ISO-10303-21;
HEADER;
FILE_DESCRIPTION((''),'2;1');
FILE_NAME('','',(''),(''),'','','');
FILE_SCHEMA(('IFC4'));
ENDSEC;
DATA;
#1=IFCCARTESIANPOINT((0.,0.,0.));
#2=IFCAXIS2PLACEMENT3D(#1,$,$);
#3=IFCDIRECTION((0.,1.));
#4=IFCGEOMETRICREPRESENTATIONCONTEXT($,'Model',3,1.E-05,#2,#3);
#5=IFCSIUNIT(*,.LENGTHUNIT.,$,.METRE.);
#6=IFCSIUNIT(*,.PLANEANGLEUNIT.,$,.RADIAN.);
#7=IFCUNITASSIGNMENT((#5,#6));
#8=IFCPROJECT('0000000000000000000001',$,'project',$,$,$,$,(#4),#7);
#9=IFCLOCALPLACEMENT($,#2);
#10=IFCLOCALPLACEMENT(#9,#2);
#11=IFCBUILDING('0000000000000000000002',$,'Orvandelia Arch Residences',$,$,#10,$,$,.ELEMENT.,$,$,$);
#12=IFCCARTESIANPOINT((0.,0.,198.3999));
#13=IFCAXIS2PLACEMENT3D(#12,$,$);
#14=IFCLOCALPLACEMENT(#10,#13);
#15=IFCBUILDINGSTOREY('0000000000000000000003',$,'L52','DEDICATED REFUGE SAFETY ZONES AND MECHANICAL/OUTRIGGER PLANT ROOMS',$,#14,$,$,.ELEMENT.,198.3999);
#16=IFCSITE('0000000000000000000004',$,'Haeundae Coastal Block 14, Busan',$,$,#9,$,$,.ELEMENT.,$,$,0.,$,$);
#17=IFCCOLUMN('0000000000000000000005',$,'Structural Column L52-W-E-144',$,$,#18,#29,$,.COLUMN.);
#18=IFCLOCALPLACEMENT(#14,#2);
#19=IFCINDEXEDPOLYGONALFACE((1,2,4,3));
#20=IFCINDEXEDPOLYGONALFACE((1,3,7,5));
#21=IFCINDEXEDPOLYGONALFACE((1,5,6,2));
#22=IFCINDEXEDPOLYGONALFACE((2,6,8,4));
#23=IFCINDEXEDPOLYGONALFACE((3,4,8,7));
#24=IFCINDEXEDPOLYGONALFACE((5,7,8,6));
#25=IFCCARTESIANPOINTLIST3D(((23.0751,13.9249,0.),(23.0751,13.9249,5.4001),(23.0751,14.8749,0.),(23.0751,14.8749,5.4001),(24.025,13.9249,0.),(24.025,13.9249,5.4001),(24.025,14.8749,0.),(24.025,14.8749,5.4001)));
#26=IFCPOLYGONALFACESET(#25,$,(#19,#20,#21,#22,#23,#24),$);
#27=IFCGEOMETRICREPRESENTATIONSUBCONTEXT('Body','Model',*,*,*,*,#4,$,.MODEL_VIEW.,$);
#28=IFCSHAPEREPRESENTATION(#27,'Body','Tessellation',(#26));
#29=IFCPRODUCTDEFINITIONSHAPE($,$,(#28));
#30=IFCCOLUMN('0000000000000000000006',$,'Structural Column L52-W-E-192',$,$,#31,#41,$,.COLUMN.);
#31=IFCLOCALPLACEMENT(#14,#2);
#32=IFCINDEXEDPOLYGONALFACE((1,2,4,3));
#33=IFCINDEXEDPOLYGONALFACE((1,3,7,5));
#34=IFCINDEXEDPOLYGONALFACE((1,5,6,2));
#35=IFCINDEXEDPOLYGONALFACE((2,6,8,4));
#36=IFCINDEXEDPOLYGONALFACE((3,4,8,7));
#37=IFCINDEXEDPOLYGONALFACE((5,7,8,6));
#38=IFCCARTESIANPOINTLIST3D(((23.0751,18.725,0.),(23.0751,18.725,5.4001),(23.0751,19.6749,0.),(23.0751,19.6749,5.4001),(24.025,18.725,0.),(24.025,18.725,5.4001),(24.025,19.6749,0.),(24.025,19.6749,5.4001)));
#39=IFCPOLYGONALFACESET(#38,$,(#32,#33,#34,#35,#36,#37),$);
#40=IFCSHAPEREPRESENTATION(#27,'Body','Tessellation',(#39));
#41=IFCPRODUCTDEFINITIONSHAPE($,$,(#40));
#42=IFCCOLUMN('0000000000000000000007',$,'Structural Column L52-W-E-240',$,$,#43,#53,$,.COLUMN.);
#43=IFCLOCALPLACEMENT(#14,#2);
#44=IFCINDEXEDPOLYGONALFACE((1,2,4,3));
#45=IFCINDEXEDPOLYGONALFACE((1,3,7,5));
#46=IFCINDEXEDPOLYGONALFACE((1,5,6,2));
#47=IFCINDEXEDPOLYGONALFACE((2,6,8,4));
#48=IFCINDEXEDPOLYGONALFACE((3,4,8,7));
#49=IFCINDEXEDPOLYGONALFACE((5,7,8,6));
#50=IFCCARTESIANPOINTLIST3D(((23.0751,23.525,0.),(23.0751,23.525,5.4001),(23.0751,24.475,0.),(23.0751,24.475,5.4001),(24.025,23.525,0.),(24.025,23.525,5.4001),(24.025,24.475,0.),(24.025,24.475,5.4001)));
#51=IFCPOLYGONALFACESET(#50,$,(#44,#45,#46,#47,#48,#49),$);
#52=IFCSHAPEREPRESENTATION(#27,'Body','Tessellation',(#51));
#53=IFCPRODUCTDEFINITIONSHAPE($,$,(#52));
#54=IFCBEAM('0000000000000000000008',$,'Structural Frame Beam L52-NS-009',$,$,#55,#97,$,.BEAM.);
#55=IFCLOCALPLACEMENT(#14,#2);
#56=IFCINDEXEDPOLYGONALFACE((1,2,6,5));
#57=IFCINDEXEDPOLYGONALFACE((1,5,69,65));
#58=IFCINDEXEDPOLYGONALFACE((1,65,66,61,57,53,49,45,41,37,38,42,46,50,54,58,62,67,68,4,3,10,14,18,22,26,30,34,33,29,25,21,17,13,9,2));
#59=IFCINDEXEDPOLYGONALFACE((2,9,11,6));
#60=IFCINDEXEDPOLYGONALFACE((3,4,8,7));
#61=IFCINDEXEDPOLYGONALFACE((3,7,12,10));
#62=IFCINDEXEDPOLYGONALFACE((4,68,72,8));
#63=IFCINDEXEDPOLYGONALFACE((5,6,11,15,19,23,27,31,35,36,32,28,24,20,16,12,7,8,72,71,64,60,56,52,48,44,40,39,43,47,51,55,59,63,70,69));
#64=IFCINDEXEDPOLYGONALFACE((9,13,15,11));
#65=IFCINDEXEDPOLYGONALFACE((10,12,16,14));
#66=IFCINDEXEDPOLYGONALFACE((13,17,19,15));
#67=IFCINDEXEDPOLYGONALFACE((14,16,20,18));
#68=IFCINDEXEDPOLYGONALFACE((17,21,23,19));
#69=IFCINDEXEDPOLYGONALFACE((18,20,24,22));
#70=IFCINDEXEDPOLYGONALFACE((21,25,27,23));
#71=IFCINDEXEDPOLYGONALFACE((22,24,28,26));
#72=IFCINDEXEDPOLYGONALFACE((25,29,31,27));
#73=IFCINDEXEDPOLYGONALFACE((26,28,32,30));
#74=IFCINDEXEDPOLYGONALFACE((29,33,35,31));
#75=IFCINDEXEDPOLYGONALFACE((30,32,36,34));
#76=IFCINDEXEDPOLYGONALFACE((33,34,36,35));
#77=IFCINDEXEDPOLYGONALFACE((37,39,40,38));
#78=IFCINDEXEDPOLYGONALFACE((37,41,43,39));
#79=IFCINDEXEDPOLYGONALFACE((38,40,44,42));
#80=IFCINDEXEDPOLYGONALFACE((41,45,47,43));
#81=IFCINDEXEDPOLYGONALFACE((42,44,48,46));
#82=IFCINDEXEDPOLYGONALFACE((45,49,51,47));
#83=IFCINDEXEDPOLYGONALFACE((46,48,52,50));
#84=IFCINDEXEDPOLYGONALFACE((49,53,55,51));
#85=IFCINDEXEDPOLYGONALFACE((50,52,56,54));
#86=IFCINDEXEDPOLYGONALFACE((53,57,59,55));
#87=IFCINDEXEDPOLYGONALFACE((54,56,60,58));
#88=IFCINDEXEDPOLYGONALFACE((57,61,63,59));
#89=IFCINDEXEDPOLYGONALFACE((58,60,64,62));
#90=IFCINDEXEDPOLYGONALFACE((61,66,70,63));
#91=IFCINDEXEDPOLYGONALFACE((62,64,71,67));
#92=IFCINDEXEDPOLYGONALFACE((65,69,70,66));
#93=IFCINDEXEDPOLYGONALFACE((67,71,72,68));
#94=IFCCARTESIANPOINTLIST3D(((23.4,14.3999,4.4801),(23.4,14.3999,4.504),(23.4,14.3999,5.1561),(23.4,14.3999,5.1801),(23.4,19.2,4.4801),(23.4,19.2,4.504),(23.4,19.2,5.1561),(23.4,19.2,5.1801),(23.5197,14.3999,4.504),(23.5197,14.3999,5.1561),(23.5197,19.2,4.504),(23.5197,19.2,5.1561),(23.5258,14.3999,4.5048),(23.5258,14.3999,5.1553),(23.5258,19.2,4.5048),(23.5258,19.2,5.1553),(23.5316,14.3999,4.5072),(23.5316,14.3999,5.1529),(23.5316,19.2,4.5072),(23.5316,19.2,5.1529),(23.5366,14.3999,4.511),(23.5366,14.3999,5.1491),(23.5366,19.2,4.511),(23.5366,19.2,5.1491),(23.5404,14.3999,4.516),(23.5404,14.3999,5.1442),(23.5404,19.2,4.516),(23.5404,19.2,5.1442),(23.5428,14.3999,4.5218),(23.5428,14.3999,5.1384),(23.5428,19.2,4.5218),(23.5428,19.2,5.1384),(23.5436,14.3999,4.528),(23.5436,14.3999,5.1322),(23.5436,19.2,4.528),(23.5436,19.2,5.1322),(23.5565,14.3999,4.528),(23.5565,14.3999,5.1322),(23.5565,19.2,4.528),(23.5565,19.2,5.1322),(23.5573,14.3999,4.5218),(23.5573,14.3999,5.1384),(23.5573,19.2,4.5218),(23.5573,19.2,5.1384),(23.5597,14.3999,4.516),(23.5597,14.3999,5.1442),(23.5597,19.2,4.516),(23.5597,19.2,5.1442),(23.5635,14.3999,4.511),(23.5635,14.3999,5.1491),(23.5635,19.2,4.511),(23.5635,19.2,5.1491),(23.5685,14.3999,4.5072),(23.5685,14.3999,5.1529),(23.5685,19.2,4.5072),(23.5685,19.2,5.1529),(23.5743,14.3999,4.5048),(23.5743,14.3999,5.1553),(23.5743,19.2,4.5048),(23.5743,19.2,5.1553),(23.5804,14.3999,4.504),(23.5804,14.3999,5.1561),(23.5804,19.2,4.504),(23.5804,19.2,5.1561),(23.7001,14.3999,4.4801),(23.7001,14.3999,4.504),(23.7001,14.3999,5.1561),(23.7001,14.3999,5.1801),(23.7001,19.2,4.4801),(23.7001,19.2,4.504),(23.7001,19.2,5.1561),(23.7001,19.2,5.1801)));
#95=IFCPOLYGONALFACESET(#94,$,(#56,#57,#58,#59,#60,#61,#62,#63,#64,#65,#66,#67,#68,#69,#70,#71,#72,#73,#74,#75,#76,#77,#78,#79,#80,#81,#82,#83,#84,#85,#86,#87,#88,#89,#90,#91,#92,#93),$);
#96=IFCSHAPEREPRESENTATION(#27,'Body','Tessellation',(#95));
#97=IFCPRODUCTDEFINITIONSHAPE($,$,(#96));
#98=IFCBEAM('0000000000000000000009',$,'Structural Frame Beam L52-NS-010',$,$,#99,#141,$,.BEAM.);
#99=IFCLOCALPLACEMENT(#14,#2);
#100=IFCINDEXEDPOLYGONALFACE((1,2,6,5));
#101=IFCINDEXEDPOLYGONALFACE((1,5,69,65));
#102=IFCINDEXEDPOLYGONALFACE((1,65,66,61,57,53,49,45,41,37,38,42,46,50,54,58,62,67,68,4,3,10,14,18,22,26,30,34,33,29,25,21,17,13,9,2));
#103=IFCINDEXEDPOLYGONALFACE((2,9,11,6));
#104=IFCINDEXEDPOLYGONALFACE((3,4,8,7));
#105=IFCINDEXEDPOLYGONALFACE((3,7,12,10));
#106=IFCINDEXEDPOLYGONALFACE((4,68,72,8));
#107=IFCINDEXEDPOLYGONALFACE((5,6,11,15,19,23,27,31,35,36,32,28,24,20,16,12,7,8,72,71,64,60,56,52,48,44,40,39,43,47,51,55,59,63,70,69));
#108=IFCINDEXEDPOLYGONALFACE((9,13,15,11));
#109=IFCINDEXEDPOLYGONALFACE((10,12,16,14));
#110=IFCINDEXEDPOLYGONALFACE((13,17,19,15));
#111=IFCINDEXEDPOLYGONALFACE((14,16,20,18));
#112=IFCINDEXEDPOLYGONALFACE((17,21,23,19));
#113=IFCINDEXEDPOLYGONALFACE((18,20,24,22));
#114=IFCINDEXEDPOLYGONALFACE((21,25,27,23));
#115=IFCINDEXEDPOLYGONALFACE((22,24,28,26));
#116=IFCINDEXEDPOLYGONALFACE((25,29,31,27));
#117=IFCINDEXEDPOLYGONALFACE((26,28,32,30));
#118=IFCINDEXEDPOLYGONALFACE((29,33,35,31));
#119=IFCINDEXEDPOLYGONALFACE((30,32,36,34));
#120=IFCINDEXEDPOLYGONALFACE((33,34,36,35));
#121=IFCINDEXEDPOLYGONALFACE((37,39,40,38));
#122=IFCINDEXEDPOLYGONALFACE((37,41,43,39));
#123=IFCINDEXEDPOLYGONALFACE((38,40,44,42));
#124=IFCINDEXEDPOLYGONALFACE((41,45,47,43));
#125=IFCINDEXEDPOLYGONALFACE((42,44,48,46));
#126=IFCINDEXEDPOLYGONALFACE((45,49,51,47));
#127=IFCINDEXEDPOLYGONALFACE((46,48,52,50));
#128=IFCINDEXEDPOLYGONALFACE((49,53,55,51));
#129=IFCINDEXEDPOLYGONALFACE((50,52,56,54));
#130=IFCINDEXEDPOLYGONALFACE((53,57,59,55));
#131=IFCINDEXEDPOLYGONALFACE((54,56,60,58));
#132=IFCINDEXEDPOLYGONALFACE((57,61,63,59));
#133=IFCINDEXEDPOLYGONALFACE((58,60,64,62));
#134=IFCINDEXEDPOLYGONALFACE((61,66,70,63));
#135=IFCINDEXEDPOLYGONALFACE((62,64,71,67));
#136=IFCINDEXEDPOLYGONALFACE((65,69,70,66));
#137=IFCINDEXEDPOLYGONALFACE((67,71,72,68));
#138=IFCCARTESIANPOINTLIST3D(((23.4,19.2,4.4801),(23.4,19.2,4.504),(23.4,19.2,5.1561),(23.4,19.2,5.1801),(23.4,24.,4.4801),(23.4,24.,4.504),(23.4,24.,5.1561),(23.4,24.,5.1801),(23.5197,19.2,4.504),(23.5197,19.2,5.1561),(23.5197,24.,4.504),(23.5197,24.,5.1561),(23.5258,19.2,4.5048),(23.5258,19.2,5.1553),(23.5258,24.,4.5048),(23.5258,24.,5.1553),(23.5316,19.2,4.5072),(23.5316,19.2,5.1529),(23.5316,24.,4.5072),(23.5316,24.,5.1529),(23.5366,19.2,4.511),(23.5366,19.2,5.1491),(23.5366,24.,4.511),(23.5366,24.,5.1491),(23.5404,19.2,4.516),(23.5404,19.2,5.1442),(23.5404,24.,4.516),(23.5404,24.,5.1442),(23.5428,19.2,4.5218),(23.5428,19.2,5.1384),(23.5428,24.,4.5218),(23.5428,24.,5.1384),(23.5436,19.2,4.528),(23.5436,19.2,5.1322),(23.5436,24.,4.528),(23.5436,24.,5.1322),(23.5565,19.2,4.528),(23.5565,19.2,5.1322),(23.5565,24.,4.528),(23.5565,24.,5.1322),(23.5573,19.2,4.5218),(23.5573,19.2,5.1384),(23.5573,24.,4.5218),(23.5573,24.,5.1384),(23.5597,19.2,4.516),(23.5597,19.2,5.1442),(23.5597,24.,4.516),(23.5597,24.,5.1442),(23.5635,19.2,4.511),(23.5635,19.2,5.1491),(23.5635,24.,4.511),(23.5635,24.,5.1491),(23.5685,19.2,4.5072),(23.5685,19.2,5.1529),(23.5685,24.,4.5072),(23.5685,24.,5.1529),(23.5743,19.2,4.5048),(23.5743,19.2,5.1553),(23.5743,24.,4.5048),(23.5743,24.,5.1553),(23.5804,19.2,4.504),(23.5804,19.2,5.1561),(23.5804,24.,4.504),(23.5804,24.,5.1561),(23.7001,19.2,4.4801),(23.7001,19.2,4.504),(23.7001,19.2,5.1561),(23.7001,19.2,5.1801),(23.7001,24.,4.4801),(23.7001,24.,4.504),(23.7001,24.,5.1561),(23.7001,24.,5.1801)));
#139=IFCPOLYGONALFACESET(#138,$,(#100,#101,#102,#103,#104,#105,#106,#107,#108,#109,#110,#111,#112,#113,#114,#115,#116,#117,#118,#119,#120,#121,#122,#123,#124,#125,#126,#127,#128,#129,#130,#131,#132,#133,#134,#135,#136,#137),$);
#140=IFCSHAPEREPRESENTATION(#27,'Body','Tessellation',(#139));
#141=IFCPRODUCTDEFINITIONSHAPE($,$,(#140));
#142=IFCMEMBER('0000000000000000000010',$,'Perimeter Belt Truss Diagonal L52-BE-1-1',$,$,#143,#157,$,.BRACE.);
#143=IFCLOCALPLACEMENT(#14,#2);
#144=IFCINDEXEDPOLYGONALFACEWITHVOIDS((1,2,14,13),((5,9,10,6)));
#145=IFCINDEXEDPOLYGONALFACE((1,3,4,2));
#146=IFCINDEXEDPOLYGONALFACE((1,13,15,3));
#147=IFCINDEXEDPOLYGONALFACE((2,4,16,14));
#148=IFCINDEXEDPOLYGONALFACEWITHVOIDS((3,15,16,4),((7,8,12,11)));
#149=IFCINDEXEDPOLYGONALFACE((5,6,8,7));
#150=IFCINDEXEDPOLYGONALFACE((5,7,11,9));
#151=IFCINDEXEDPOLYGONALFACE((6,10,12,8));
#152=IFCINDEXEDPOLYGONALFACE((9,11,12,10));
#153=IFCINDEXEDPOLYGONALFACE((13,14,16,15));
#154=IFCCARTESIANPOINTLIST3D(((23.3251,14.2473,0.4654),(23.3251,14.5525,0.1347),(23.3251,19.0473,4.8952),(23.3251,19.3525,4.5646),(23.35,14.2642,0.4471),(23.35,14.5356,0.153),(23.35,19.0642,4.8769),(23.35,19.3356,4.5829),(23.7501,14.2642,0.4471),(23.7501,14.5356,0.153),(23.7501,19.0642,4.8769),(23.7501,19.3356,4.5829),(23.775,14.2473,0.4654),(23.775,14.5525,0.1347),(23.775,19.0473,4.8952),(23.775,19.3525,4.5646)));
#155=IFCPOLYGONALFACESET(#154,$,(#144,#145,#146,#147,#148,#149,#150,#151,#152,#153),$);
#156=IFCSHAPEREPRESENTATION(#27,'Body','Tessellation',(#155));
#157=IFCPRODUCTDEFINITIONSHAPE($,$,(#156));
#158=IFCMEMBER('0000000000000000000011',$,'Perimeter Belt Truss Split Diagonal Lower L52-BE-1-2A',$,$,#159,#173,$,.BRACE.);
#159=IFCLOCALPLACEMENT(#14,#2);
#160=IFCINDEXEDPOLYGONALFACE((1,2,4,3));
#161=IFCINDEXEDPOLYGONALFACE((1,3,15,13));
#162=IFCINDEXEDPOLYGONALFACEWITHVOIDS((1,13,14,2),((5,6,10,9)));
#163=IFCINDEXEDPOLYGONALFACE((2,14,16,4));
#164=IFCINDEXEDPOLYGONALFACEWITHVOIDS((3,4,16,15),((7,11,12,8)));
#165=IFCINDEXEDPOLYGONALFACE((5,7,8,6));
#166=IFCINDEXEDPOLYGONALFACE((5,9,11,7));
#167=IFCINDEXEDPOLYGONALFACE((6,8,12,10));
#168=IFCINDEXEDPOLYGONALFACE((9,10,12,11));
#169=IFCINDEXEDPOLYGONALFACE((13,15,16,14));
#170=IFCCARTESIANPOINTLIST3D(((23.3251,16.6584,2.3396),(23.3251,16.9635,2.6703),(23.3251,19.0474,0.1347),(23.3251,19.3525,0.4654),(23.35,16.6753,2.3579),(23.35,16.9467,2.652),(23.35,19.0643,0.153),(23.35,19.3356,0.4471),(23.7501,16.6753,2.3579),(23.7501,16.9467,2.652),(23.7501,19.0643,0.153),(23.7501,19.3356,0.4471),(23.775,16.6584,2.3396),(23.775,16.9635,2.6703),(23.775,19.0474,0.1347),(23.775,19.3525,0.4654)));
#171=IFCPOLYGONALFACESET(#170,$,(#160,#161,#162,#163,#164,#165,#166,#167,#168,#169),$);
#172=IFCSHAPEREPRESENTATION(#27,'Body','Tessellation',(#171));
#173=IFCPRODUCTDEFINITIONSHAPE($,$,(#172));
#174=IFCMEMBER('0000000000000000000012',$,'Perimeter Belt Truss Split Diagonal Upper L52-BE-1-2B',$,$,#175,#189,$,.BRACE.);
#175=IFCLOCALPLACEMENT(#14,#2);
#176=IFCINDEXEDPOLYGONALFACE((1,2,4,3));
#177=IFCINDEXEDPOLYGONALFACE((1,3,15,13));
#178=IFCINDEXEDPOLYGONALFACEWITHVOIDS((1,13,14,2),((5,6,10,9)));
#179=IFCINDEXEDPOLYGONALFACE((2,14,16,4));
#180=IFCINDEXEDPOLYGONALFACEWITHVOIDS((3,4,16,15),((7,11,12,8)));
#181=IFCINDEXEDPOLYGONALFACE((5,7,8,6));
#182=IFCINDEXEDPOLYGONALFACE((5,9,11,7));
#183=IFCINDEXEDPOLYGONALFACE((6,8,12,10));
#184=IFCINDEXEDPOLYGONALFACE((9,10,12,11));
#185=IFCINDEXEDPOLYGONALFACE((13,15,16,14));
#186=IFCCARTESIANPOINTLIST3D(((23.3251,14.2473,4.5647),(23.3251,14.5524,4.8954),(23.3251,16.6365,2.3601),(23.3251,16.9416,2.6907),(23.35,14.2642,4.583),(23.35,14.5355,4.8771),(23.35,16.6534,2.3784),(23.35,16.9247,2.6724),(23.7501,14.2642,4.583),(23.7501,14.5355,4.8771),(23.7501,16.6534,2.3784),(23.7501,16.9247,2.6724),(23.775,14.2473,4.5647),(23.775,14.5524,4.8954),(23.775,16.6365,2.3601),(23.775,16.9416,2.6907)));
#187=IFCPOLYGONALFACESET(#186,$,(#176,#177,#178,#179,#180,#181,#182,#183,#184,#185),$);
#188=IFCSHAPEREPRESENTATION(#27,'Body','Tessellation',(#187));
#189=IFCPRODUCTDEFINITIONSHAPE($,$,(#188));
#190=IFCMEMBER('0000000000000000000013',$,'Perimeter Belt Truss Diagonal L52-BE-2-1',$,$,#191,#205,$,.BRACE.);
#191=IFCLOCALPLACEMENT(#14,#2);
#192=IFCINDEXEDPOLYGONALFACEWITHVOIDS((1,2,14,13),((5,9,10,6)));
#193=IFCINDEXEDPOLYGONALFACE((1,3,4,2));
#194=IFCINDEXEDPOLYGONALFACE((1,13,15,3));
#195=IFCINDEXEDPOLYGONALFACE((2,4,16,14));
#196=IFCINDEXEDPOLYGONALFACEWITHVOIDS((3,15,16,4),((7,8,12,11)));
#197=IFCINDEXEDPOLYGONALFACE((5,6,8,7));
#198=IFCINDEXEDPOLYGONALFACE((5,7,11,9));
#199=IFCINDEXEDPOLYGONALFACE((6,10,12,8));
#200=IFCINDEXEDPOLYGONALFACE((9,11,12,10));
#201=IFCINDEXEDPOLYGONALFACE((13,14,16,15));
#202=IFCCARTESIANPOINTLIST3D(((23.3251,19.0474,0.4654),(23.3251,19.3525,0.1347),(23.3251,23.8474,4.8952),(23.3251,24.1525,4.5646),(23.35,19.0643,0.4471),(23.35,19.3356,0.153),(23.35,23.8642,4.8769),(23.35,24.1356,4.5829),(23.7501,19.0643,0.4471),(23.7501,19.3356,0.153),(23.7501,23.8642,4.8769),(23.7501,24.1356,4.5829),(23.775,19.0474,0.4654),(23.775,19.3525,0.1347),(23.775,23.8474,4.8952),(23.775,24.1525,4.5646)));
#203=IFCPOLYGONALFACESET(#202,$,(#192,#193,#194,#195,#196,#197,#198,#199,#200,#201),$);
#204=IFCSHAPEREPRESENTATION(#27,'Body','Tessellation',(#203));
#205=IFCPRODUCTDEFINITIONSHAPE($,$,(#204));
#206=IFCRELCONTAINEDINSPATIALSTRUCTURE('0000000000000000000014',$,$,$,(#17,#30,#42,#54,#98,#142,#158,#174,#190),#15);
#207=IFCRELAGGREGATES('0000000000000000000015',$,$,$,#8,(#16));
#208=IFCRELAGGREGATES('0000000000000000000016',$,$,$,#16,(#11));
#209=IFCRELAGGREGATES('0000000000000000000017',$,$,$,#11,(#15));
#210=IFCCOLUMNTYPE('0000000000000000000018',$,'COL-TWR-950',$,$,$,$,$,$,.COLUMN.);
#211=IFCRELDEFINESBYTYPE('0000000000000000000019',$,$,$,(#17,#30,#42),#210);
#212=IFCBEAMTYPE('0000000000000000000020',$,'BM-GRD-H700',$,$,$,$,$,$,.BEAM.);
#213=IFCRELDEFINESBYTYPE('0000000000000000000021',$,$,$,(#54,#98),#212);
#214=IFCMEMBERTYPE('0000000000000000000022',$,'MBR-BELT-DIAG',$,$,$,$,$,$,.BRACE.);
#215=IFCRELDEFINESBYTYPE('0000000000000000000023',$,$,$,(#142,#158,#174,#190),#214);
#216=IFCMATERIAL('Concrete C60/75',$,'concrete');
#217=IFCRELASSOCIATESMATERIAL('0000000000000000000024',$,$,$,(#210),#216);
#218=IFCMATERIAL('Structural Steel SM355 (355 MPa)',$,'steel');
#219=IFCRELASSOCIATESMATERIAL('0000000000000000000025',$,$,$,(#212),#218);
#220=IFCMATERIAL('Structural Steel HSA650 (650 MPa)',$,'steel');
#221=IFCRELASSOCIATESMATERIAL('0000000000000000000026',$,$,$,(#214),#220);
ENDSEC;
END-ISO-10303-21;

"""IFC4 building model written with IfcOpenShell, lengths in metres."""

from ifc_helpers import new_model, si_unit, direction, frame, origin, origin_2d, place, context, subcontext, project, spatial, rectangle, hollow_rectangle, i_section, extrude, material, material_profile, profile_set, type_object, element, save


model = new_model("IFC4")

# Units and contexts
model_context = context("Model", 3, precision=1e-05, world=origin(), true_north=direction((0.0, 1.0)))
body_context = subcontext(model_context, "Body", "Model", "MODEL_VIEW")
ifc_project = project(units=[si_unit("LENGTHUNIT", "METRE"), si_unit("PLANEANGLEUNIT", "RADIAN")], contexts=[model_context])

# Site, building, storey
site_placement = place(None, origin())
site = spatial("IfcSite", under=ifc_project, at=site_placement, Name="Haeundae Coastal Block 14, Busan", CompositionType="ELEMENT", RefElevation=0.0)
building_placement = place(site_placement, origin())
building = spatial("IfcBuilding", under=site, at=building_placement, Name="Orvandelia Arch Residences", CompositionType="ELEMENT")
storey_placement = place(building_placement, frame((0.0, 0.0, 198.3999)))
storey = spatial("IfcBuildingStorey", under=building, at=storey_placement, Name="L52", Description="DEDICATED REFUGE SAFETY ZONES AND MECHANICAL/OUTRIGGER PLANT ROOMS", CompositionType="ELEMENT", Elevation=198.3999)

# Columns
ifc_material_1 = material(Name="Concrete C60/75", Category="concrete")
ifc_material_profile_1 = material_profile(ifc_material_1, rectangle(XDim=0.95, YDim=0.95, at=origin_2d()), Name="Concrete C60/75", Category="concrete")
ifc_profile_set_1 = profile_set([ifc_material_profile_1], Name="Concrete C60/75")
column_type = type_object("IfcColumnType", Name="COL-TWR-950", PredefinedType="COLUMN", material=ifc_profile_set_1)
for number, where, z_axis, x_axis, name in (
    (1, (23.55, 14.3999, 0.0), (0.0, 0.0, 1.0), (1.0, 0.0, 0.0), "Structural Column L52-W-E-144"),
    (2, (23.55, 19.2, 0.0), (0.0, 0.0, 1.0), (1.0, 0.0, 0.0), "Structural Column L52-W-E-192"),
    (3, (23.55, 24.0, 0.0), (0.0, 0.0, 1.0), (1.0, 0.0, 0.0), "Structural Column L52-W-E-240"),
):
    element("IfcColumn", number, at=place(storey_placement, frame(where, z_axis=z_axis, x_axis=x_axis)), inside=storey, type_object=column_type, Name=name, PredefinedType="COLUMN", context=body_context, shape_type="SweptSolid", body=[
        extrude(rectangle(XDim=0.95, YDim=0.95, at=origin_2d()), origin(), (0.0, 0.0, 1.0), 5.4001),
    ])

# Beams
ifc_material_2 = material(Name="Structural Steel SM355 (355 MPa)", Category="steel")
ifc_material_profile_2 = material_profile(ifc_material_2, i_section(OverallWidth=0.3, OverallDepth=0.7, WebThickness=0.0129, FlangeThickness=0.0239, FilletRadius=0.0239, at=origin_2d()), Name="Structural Steel SM355 (355 MPa)", Category="steel")
ifc_profile_set_2 = profile_set([ifc_material_profile_2], Name="Structural Steel SM355 (355 MPa)")
beam_type = type_object("IfcBeamType", Name="BM-GRD-H700", PredefinedType="BEAM", material=ifc_profile_set_2)
for number, where, z_axis, x_axis, name in (
    (4, (23.55, 14.3999, 4.8301), (0.0, 1.0, 0.0), (-1.0, 0.0, 0.0), "Structural Frame Beam L52-NS-009"),
    (5, (23.55, 19.2, 4.8301), (0.0, 1.0, 0.0), (-1.0, 0.0, 0.0), "Structural Frame Beam L52-NS-010"),
):
    element("IfcBeam", number, at=place(storey_placement, frame(where, z_axis=z_axis, x_axis=x_axis)), inside=storey, type_object=beam_type, Name=name, PredefinedType="BEAM", context=body_context, shape_type="SweptSolid", body=[
        extrude(i_section(OverallWidth=0.3, OverallDepth=0.7, WebThickness=0.0129, FlangeThickness=0.0239, FilletRadius=0.0239, at=origin_2d()), origin(), (0.0, 0.0, 1.0), 4.8),
    ])

# Members
ifc_material_3 = material(Name="Structural Steel HSA650 (650 MPa)", Category="steel")
ifc_material_profile_3 = material_profile(ifc_material_3, hollow_rectangle(XDim=0.45, YDim=0.45, WallThickness=0.0249, at=origin_2d()), Name="Structural Steel HSA650 (650 MPa)", Category="steel")
ifc_profile_set_3 = profile_set([ifc_material_profile_3], Name="Structural Steel HSA650 (650 MPa)")
member_type = type_object("IfcMemberType", Name="MBR-BELT-DIAG", PredefinedType="BRACE", material=ifc_profile_set_3)
member_1_placement = place(storey_placement, frame((23.55, 14.3999, 0.3), z_axis=(0.0, 0.734871, 0.678207), x_axis=(-1.0, 0.0, 0.0)))
element("IfcMember", 6, at=member_1_placement, inside=storey, type_object=member_type, Name="Perimeter Belt Truss Diagonal L52-BE-1-1", PredefinedType="BRACE", context=body_context, shape_type="SweptSolid", body=[
    extrude(hollow_rectangle(XDim=0.45, YDim=0.45, WallThickness=0.0249, at=origin_2d()), origin(), (0.0, 0.0, 1.0), 6.5317),
])
for number, where, z_axis, x_axis, name in (
    (7, (23.55, 19.2, 0.3), (0.0, -0.734852, 0.678227), (1.0, 0.0, 0.0), "Perimeter Belt Truss Split Diagonal Lower L52-BE-1-2A"),
    (8, (23.55, 16.7891, 2.5254), (0.0, -0.734924, 0.678149), (1.0, 0.0, 0.0), "Perimeter Belt Truss Split Diagonal Upper L52-BE-1-2B"),
):
    element("IfcMember", number, at=place(storey_placement, frame(where, z_axis=z_axis, x_axis=x_axis)), inside=storey, type_object=member_type, Name=name, PredefinedType="BRACE", context=body_context, shape_type="SweptSolid", body=[
        extrude(hollow_rectangle(XDim=0.45, YDim=0.45, WallThickness=0.0249, at=origin_2d()), origin(), (0.0, 0.0, 1.0), 3.251),
    ])
member_2_placement = place(storey_placement, frame((23.55, 19.2, 0.3), z_axis=(0.0, 0.734871, 0.678207), x_axis=(-1.0, 0.0, 0.0)))
element("IfcMember", 9, at=member_2_placement, inside=storey, type_object=member_type, Name="Perimeter Belt Truss Diagonal L52-BE-2-1", PredefinedType="BRACE", context=body_context, shape_type="SweptSolid", body=[
    extrude(hollow_rectangle(XDim=0.45, YDim=0.45, WallThickness=0.0249, at=origin_2d()), origin(), (0.0, 0.0, 1.0), 6.5317),
])

save(model, "model.ifc")
